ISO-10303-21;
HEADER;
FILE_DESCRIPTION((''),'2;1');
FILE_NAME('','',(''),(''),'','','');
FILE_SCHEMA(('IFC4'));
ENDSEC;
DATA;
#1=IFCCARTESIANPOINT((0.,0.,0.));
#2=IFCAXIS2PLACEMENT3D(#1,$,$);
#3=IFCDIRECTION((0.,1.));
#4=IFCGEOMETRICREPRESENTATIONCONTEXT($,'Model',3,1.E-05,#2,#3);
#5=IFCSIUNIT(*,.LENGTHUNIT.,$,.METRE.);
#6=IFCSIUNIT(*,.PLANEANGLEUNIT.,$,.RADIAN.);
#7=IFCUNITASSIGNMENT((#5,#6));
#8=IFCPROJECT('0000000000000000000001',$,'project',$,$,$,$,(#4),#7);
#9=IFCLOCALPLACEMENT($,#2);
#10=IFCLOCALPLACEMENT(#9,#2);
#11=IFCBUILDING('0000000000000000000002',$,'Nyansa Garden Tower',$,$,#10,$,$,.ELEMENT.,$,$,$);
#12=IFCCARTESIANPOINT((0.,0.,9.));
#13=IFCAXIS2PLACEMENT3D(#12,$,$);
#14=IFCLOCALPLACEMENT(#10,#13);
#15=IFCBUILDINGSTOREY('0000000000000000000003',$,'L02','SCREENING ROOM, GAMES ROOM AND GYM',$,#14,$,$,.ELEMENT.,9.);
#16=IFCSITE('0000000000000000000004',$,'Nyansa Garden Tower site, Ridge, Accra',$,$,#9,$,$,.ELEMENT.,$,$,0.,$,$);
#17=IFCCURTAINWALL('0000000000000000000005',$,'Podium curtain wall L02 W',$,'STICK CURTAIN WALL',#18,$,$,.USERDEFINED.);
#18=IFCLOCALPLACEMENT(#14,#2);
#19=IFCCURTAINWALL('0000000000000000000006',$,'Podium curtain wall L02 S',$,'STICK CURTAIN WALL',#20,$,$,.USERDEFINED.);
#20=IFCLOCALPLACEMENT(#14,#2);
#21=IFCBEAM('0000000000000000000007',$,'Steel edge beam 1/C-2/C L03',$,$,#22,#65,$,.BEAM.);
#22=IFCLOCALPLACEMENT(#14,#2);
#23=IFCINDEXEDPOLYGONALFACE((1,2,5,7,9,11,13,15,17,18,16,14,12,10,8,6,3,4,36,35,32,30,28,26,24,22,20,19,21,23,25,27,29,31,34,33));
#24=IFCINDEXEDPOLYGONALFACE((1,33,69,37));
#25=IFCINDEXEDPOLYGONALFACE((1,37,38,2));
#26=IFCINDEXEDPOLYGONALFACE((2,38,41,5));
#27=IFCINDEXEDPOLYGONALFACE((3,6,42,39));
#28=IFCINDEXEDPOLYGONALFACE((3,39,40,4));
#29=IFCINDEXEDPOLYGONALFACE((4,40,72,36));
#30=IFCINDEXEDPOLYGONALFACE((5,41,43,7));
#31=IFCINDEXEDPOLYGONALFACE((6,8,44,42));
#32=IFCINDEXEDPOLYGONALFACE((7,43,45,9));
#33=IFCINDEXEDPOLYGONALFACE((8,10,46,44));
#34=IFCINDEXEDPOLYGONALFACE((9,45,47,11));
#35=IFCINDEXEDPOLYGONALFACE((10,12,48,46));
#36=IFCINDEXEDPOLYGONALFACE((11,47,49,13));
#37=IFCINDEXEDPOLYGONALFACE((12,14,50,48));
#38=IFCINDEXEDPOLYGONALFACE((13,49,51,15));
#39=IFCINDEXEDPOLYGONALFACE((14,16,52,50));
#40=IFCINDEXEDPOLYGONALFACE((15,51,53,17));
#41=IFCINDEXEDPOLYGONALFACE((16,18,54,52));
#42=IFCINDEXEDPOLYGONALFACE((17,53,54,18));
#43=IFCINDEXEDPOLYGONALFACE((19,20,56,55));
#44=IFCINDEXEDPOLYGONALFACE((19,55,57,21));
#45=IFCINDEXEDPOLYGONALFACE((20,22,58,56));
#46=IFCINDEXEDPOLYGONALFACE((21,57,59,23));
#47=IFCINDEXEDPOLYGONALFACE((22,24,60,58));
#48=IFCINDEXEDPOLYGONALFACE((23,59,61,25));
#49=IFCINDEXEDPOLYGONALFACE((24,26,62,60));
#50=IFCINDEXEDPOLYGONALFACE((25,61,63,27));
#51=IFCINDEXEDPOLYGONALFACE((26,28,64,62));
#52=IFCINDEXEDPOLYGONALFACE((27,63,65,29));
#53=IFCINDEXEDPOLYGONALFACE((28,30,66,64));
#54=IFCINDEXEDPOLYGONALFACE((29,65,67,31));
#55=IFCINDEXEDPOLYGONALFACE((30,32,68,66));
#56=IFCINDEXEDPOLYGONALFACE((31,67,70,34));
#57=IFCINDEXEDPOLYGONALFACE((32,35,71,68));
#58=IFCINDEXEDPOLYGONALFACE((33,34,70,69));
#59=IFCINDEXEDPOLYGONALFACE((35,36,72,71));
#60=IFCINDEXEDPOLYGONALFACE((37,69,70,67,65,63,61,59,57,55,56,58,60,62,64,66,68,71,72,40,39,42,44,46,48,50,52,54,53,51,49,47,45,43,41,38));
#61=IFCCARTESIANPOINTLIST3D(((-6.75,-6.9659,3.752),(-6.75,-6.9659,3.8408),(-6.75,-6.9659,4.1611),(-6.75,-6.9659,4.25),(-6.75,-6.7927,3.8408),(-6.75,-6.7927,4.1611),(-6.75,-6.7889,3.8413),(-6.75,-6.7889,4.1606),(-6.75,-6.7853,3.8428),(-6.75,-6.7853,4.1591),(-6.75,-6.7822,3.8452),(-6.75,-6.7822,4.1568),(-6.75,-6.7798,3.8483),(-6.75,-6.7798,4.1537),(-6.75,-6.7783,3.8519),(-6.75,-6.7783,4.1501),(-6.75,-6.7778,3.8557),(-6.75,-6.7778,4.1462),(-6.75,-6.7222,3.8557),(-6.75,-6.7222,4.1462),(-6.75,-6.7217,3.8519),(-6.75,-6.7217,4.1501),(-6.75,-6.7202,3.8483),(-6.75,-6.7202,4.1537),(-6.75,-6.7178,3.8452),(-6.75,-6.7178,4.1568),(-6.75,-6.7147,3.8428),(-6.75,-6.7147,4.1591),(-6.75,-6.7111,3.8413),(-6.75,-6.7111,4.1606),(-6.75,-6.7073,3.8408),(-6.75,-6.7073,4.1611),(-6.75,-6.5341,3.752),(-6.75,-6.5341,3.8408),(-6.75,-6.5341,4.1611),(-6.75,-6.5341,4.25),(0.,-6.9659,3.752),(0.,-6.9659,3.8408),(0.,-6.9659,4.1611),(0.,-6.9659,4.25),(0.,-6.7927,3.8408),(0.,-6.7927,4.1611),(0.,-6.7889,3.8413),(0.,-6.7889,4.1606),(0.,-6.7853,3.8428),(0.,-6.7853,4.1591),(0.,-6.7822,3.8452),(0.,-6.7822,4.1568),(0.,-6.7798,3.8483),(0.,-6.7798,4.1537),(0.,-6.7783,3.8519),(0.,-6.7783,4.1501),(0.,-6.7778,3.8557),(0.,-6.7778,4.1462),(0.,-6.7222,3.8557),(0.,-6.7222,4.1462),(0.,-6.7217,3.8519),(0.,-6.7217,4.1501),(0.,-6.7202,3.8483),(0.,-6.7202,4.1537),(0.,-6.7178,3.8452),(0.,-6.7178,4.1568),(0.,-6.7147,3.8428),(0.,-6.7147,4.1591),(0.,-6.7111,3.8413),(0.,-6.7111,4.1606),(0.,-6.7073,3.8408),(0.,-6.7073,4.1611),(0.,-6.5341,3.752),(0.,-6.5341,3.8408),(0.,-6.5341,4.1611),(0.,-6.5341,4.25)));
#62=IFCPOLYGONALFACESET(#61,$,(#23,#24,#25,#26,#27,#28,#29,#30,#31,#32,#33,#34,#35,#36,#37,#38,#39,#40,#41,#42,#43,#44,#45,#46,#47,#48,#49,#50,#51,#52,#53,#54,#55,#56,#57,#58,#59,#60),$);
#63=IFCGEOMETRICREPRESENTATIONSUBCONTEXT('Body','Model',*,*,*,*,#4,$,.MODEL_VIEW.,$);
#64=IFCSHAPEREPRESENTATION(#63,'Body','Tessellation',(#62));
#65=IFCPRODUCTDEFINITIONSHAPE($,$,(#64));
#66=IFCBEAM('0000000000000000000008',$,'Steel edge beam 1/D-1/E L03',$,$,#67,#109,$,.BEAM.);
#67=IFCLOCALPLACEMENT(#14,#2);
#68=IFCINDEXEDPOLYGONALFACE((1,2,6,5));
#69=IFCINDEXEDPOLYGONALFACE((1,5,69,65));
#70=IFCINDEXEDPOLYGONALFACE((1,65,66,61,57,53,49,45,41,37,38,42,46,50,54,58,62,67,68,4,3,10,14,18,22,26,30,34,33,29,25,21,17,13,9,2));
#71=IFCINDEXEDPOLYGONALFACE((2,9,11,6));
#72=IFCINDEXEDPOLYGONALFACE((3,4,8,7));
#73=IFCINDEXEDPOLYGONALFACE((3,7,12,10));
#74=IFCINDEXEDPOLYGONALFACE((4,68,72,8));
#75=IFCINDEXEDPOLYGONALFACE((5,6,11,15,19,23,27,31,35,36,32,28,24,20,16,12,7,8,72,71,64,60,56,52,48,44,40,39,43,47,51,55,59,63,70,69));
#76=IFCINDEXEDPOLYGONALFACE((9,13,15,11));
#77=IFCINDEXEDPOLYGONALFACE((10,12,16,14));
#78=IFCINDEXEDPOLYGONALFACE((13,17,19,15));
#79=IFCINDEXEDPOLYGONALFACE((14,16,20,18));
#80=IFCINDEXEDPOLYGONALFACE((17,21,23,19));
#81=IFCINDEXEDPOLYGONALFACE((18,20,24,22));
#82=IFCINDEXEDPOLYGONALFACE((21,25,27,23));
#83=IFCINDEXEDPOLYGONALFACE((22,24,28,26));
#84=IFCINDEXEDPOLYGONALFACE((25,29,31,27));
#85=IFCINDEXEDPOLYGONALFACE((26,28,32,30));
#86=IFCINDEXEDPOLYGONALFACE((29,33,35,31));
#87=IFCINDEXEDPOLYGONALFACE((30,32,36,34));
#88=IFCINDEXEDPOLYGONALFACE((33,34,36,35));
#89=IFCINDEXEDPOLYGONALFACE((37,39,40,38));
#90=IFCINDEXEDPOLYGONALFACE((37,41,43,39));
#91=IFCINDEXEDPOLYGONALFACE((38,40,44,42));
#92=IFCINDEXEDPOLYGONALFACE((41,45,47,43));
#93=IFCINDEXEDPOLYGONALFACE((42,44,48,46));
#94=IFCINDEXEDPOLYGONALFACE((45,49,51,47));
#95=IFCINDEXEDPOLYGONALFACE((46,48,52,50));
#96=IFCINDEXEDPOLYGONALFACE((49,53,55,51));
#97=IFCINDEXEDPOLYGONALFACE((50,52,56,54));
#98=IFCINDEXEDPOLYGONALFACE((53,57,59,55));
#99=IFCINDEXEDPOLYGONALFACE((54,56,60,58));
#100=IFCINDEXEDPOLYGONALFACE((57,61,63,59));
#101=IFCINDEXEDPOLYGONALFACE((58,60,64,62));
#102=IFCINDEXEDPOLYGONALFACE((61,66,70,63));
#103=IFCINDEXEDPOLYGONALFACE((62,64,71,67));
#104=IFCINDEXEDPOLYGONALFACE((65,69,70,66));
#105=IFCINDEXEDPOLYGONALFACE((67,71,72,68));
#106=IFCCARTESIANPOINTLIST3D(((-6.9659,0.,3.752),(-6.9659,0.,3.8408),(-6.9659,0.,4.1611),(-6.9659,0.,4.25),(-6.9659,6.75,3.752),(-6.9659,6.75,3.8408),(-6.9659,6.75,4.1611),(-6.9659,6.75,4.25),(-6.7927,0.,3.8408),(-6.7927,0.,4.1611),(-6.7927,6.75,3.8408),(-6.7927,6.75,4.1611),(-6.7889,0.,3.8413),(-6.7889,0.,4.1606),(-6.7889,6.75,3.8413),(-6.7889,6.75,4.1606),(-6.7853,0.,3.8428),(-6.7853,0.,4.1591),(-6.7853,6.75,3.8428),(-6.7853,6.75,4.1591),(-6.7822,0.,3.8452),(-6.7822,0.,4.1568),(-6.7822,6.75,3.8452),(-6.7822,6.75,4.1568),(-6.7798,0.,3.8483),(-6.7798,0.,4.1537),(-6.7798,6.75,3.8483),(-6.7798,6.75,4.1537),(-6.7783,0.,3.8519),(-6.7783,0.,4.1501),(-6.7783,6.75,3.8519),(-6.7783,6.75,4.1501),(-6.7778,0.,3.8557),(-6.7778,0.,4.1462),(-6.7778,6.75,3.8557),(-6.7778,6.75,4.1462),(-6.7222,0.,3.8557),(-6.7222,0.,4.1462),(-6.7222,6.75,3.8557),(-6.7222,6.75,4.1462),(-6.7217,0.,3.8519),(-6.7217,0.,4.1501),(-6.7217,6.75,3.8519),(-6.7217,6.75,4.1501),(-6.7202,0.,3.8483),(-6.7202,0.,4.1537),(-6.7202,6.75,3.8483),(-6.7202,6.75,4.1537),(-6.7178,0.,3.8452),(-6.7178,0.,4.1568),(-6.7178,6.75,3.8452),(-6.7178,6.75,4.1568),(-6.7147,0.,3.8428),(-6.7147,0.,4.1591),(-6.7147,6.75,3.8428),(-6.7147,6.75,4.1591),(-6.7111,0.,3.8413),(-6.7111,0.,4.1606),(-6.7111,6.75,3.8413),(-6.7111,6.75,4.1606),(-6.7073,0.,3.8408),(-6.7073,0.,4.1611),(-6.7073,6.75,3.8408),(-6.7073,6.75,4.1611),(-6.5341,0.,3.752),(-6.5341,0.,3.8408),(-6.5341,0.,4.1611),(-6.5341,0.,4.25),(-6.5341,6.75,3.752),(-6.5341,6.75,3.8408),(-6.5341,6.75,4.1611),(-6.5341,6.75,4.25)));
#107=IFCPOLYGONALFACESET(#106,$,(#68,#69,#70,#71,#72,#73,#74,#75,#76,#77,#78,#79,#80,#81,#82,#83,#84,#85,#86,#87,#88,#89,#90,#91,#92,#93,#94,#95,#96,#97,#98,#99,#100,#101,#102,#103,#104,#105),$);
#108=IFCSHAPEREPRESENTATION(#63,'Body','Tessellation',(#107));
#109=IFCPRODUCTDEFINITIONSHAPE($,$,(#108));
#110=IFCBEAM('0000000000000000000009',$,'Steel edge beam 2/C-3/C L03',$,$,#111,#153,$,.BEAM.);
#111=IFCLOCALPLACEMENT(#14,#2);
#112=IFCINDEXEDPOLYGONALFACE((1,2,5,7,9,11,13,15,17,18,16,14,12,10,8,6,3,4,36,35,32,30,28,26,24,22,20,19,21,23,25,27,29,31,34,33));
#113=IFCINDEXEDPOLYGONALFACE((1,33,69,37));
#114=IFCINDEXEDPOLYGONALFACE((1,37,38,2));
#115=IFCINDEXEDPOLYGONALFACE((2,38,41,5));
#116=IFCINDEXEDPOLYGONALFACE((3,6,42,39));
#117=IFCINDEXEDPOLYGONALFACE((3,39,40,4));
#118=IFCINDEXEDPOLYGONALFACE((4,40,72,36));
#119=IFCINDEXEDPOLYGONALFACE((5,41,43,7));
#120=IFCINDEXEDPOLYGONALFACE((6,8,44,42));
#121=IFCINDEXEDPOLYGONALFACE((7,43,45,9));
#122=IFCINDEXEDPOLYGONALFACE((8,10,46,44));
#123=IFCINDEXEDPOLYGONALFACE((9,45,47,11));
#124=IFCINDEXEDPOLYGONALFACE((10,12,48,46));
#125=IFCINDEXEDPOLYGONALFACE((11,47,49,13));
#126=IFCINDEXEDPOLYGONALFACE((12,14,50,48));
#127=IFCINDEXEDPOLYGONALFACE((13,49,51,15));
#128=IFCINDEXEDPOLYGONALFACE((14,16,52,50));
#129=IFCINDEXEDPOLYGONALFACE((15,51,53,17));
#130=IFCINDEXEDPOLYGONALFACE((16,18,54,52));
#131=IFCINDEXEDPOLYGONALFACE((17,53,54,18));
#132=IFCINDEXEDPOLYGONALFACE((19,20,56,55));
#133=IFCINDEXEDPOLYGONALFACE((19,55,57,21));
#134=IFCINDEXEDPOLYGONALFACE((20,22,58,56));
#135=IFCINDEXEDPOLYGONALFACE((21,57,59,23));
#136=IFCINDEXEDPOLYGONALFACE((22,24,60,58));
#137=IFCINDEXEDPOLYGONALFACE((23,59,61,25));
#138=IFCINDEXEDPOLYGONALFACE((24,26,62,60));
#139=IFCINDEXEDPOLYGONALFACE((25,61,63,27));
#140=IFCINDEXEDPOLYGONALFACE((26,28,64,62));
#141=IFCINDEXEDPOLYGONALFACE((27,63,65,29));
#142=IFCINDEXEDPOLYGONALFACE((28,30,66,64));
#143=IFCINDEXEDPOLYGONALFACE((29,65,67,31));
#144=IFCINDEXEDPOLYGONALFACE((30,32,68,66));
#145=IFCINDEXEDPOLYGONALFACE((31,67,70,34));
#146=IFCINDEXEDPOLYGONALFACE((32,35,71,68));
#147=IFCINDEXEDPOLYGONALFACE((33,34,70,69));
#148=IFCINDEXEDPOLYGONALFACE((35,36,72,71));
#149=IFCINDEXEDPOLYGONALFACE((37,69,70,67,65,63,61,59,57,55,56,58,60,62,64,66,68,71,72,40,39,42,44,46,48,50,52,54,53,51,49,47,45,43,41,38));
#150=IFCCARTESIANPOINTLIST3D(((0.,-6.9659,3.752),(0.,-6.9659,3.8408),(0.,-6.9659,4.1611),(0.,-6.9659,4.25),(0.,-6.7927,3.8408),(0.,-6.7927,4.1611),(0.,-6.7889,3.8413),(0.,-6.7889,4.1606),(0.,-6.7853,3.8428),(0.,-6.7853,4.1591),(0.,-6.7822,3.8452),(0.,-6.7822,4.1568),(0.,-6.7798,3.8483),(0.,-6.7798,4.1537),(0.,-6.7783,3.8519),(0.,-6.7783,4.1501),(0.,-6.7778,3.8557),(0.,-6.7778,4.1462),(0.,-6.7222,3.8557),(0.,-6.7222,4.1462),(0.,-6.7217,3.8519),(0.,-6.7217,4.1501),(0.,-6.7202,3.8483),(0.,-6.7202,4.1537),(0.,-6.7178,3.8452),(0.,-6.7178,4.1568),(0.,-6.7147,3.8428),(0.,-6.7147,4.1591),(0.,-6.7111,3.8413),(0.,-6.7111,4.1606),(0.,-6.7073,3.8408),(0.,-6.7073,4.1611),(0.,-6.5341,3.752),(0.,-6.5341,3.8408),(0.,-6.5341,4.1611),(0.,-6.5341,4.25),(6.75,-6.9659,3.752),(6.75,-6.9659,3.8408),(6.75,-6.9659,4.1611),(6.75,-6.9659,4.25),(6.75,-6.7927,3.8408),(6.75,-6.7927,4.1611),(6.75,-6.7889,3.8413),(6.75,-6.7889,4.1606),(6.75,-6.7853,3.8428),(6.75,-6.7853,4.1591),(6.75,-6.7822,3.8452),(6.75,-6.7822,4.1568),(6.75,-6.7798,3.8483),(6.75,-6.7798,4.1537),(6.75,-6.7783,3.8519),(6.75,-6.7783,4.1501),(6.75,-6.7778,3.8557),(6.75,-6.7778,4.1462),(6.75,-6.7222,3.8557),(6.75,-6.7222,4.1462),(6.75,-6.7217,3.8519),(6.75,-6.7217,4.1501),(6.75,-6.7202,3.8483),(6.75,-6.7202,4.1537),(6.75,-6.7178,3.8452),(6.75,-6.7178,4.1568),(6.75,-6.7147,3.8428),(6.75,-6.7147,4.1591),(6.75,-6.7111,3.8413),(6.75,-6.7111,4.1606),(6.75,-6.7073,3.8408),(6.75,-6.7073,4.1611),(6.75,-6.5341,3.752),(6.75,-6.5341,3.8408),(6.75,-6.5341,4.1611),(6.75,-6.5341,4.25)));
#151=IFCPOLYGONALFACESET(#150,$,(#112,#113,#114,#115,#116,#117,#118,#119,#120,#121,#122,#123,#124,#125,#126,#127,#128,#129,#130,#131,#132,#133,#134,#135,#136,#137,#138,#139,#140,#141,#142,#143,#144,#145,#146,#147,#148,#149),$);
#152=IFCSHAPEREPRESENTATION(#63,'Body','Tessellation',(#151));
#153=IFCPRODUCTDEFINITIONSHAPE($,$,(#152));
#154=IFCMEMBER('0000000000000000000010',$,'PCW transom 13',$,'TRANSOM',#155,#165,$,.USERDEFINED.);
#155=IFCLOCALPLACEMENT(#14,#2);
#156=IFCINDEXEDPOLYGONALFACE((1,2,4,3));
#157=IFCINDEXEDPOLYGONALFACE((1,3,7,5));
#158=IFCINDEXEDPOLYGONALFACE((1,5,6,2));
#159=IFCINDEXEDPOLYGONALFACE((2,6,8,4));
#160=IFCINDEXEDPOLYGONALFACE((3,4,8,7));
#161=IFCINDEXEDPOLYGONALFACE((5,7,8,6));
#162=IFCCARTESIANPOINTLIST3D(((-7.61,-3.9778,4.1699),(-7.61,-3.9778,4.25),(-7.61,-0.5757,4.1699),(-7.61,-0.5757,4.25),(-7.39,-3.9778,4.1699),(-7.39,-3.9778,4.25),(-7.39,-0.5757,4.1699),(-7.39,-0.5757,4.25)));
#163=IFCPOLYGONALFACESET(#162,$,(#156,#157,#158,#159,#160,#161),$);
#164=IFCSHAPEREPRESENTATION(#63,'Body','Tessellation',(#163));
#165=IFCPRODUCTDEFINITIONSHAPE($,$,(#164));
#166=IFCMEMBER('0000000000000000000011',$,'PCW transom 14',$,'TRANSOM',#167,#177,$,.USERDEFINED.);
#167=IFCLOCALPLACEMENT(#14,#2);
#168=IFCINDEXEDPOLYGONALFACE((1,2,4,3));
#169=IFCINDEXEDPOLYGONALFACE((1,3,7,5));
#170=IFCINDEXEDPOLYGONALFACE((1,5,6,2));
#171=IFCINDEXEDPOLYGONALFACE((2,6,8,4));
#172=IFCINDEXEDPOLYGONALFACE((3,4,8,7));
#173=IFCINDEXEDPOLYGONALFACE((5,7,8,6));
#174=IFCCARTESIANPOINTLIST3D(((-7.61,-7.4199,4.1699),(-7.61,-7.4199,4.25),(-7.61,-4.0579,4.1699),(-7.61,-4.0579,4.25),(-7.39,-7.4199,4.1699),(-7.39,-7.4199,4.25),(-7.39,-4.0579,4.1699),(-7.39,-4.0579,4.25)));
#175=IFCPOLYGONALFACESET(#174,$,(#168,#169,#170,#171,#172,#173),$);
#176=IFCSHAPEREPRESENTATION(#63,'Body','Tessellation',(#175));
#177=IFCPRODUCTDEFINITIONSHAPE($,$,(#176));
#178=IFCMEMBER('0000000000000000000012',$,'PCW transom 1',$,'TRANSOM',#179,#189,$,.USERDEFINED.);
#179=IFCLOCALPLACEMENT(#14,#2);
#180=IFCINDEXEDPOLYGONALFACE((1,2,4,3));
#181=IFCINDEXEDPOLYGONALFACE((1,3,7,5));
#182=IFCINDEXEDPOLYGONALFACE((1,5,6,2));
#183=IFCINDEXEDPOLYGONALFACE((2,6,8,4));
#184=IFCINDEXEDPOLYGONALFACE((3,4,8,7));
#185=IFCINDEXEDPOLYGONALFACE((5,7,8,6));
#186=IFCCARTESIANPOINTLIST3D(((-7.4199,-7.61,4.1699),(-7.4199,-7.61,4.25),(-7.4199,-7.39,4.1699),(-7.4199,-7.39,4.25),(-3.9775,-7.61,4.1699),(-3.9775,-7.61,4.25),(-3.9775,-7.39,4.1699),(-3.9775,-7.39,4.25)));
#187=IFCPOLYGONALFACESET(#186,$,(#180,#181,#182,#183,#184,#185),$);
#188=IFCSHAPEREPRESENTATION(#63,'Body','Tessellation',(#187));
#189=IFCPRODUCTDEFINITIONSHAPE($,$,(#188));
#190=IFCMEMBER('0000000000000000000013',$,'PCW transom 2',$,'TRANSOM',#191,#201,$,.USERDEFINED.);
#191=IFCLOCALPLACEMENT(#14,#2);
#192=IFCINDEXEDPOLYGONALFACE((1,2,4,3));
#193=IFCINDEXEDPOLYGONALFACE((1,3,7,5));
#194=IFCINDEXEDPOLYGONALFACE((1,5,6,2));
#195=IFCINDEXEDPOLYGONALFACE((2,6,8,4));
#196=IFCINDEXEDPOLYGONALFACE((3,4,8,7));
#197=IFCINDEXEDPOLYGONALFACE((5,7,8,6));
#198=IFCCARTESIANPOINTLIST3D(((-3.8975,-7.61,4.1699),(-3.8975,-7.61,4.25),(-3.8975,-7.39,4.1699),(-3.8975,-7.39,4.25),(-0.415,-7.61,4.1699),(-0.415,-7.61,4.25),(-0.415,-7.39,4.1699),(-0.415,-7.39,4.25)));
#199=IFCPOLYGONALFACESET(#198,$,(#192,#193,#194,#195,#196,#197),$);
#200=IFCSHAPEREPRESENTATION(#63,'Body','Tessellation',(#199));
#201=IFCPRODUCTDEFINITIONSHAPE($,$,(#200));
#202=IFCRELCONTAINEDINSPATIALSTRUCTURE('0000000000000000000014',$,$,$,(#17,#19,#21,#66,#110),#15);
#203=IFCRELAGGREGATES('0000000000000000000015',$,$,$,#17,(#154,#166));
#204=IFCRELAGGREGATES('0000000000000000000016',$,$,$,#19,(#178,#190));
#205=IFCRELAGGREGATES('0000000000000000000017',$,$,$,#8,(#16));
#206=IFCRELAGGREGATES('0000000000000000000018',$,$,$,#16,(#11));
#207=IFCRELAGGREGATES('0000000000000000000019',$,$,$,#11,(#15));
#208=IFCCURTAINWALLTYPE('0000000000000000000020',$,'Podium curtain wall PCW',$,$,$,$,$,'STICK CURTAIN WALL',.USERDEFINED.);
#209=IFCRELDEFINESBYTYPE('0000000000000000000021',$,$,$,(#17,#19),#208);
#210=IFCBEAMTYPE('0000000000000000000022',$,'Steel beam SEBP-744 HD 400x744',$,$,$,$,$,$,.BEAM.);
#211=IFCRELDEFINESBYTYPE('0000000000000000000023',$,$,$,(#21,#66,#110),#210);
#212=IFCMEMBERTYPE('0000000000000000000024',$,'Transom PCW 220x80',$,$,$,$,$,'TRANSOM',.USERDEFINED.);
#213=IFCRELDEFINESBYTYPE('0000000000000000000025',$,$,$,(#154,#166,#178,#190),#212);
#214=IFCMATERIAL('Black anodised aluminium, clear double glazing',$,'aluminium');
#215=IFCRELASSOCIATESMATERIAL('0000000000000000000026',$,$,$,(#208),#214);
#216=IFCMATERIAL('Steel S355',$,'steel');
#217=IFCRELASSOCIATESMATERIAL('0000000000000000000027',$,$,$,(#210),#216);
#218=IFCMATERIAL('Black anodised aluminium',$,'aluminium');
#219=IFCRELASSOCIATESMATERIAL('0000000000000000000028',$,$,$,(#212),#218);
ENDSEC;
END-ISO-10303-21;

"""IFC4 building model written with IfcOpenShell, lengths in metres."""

from ifc_helpers import new_model, si_unit, direction, frame, origin, origin_2d, place, context, subcontext, project, spatial, rectangle, i_section, extrude, material, material_profile, profile_set, type_object, element, aggregate, save


model = new_model("IFC4")

# Units and contexts
model_context = context("Model", 3, precision=1e-05, world=origin(), true_north=direction((0.0, 1.0)))
body_context = subcontext(model_context, "Body", "Model", "MODEL_VIEW")
ifc_project = project(units=[si_unit("LENGTHUNIT", "METRE"), si_unit("PLANEANGLEUNIT", "RADIAN")], contexts=[model_context])

# Site, building, storey
site_placement = place(None, origin())
site = spatial("IfcSite", under=ifc_project, at=site_placement, Name="Nyansa Garden Tower site, Ridge, Accra", CompositionType="ELEMENT", RefElevation=0.0)
building_placement = place(site_placement, origin())
building = spatial("IfcBuilding", under=site, at=building_placement, Name="Nyansa Garden Tower", CompositionType="ELEMENT")
storey_placement = place(building_placement, frame((0.0, 0.0, 9.0)))
storey = spatial("IfcBuildingStorey", under=building, at=storey_placement, Name="L02", Description="SCREENING ROOM, GAMES ROOM AND GYM", CompositionType="ELEMENT", Elevation=9.0)

# Curtain walls
ifc_material_1 = material(Name="Black anodised aluminium, clear double glazing", Category="aluminium")
curtain_wall_type = type_object("IfcCurtainWallType", Name="Podium curtain wall PCW", ElementType="STICK CURTAIN WALL", PredefinedType="USERDEFINED", material=ifc_material_1)
curtain_wall_1_placement = place(storey_placement, origin())
curtain_wall_1 = element("IfcCurtainWall", 1, at=curtain_wall_1_placement, inside=storey, type_object=curtain_wall_type, Name="Podium curtain wall L02 W", ObjectType="STICK CURTAIN WALL", PredefinedType="USERDEFINED")
curtain_wall_2_placement = place(storey_placement, origin())
curtain_wall_2 = element("IfcCurtainWall", 2, at=curtain_wall_2_placement, inside=storey, type_object=curtain_wall_type, Name="Podium curtain wall L02 S", ObjectType="STICK CURTAIN WALL", PredefinedType="USERDEFINED")

# Beams
ifc_material_2 = material(Name="Steel S355", Category="steel")
ifc_material_profile_1 = material_profile(ifc_material_2, i_section(OverallWidth=0.4319, OverallDepth=0.498, WebThickness=0.0557, FlangeThickness=0.0889, FilletRadius=0.0149, at=origin_2d()), Name="HD 400x744")
ifc_profile_set_1 = profile_set([ifc_material_profile_1], Name="Steel S355")
beam_type_1 = type_object("IfcBeamType", Name="Steel beam SEBP-744 HD 400x744", PredefinedType="BEAM", material=ifc_profile_set_1)
for number, where, z_axis, x_axis, name in (
    (3, (-6.75, -6.75, 4.001), (1.0, 0.0, 0.0), (0.0, 1.0, 0.0), "Steel edge beam 1/C-2/C L03"),
    (4, (-6.75, 0.0, 4.001), (0.0, 1.0, 0.0), (-1.0, 0.0, 0.0), "Steel edge beam 1/D-1/E L03"),
    (5, (0.0, -6.75, 4.001), (1.0, 0.0, 0.0), (0.0, 1.0, 0.0), "Steel edge beam 2/C-3/C L03"),
):
    element("IfcBeam", number, at=place(storey_placement, frame(where, z_axis=z_axis, x_axis=x_axis)), inside=storey, type_object=beam_type_1, Name=name, PredefinedType="BEAM", context=body_context, shape_type="SweptSolid", body=[
        extrude(i_section(OverallWidth=0.4319, OverallDepth=0.498, WebThickness=0.0557, FlangeThickness=0.0889, FilletRadius=0.0149, at=origin_2d()), origin(), (0.0, 0.0, 1.0), 6.75),
    ])

# Members
ifc_material_3 = material(Name="Black anodised aluminium", Category="aluminium")
ifc_material_profile_2 = material_profile(ifc_material_3, rectangle(XDim=0.22, YDim=0.0801, at=origin_2d()), Name="Transom 220x80")
ifc_profile_set_2 = profile_set([ifc_material_profile_2], Name="Black anodised aluminium")
member_type_1 = type_object("IfcMemberType", Name="Transom PCW 220x80", ElementType="TRANSOM", PredefinedType="USERDEFINED", material=ifc_profile_set_2)
member_1_placement = place(storey_placement, frame((-7.5, -0.5757, 4.21), z_axis=(0.0, -1.0, 0.0), x_axis=(1.0, 0.0, 0.0)))
member_1 = element("IfcMember", 6, at=member_1_placement, type_object=member_type_1, Name="PCW transom 13", ObjectType="TRANSOM", PredefinedType="USERDEFINED", context=body_context, shape_type="SweptSolid", body=[
    extrude(rectangle(XDim=0.22, YDim=0.0801, at=origin_2d()), origin(), (0.0, 0.0, 1.0), 3.4021),
])
member_2_placement = place(storey_placement, frame((-7.5, -4.0579, 4.21), z_axis=(0.0, -1.0, 0.0), x_axis=(1.0, 0.0, 0.0)))
member_2 = element("IfcMember", 7, at=member_2_placement, type_object=member_type_1, Name="PCW transom 14", ObjectType="TRANSOM", PredefinedType="USERDEFINED", context=body_context, shape_type="SweptSolid", body=[
    extrude(rectangle(XDim=0.22, YDim=0.0801, at=origin_2d()), origin(), (0.0, 0.0, 1.0), 3.3621),
])
member_3_placement = place(storey_placement, frame((-7.4199, -7.5, 4.21), z_axis=(1.0, 0.0, 0.0), x_axis=(0.0, 1.0, 0.0)))
member_3 = element("IfcMember", 8, at=member_3_placement, type_object=member_type_1, Name="PCW transom 1", ObjectType="TRANSOM", PredefinedType="USERDEFINED", context=body_context, shape_type="SweptSolid", body=[
    extrude(rectangle(XDim=0.22, YDim=0.0801, at=origin_2d()), origin(), (0.0, 0.0, 1.0), 3.4424),
])
member_4_placement = place(storey_placement, frame((-3.8975, -7.5, 4.21), z_axis=(1.0, 0.0, 0.0), x_axis=(0.0, 1.0, 0.0)))
member_4 = element("IfcMember", 9, at=member_4_placement, type_object=member_type_1, Name="PCW transom 2", ObjectType="TRANSOM", PredefinedType="USERDEFINED", context=body_context, shape_type="SweptSolid", body=[
    extrude(rectangle(XDim=0.22, YDim=0.0801, at=origin_2d()), origin(), (0.0, 0.0, 1.0), 3.4824),
])

aggregate(curtain_wall_1, [member_1, member_2])
aggregate(curtain_wall_2, [member_3, member_4])

save(model, "model.ifc")
